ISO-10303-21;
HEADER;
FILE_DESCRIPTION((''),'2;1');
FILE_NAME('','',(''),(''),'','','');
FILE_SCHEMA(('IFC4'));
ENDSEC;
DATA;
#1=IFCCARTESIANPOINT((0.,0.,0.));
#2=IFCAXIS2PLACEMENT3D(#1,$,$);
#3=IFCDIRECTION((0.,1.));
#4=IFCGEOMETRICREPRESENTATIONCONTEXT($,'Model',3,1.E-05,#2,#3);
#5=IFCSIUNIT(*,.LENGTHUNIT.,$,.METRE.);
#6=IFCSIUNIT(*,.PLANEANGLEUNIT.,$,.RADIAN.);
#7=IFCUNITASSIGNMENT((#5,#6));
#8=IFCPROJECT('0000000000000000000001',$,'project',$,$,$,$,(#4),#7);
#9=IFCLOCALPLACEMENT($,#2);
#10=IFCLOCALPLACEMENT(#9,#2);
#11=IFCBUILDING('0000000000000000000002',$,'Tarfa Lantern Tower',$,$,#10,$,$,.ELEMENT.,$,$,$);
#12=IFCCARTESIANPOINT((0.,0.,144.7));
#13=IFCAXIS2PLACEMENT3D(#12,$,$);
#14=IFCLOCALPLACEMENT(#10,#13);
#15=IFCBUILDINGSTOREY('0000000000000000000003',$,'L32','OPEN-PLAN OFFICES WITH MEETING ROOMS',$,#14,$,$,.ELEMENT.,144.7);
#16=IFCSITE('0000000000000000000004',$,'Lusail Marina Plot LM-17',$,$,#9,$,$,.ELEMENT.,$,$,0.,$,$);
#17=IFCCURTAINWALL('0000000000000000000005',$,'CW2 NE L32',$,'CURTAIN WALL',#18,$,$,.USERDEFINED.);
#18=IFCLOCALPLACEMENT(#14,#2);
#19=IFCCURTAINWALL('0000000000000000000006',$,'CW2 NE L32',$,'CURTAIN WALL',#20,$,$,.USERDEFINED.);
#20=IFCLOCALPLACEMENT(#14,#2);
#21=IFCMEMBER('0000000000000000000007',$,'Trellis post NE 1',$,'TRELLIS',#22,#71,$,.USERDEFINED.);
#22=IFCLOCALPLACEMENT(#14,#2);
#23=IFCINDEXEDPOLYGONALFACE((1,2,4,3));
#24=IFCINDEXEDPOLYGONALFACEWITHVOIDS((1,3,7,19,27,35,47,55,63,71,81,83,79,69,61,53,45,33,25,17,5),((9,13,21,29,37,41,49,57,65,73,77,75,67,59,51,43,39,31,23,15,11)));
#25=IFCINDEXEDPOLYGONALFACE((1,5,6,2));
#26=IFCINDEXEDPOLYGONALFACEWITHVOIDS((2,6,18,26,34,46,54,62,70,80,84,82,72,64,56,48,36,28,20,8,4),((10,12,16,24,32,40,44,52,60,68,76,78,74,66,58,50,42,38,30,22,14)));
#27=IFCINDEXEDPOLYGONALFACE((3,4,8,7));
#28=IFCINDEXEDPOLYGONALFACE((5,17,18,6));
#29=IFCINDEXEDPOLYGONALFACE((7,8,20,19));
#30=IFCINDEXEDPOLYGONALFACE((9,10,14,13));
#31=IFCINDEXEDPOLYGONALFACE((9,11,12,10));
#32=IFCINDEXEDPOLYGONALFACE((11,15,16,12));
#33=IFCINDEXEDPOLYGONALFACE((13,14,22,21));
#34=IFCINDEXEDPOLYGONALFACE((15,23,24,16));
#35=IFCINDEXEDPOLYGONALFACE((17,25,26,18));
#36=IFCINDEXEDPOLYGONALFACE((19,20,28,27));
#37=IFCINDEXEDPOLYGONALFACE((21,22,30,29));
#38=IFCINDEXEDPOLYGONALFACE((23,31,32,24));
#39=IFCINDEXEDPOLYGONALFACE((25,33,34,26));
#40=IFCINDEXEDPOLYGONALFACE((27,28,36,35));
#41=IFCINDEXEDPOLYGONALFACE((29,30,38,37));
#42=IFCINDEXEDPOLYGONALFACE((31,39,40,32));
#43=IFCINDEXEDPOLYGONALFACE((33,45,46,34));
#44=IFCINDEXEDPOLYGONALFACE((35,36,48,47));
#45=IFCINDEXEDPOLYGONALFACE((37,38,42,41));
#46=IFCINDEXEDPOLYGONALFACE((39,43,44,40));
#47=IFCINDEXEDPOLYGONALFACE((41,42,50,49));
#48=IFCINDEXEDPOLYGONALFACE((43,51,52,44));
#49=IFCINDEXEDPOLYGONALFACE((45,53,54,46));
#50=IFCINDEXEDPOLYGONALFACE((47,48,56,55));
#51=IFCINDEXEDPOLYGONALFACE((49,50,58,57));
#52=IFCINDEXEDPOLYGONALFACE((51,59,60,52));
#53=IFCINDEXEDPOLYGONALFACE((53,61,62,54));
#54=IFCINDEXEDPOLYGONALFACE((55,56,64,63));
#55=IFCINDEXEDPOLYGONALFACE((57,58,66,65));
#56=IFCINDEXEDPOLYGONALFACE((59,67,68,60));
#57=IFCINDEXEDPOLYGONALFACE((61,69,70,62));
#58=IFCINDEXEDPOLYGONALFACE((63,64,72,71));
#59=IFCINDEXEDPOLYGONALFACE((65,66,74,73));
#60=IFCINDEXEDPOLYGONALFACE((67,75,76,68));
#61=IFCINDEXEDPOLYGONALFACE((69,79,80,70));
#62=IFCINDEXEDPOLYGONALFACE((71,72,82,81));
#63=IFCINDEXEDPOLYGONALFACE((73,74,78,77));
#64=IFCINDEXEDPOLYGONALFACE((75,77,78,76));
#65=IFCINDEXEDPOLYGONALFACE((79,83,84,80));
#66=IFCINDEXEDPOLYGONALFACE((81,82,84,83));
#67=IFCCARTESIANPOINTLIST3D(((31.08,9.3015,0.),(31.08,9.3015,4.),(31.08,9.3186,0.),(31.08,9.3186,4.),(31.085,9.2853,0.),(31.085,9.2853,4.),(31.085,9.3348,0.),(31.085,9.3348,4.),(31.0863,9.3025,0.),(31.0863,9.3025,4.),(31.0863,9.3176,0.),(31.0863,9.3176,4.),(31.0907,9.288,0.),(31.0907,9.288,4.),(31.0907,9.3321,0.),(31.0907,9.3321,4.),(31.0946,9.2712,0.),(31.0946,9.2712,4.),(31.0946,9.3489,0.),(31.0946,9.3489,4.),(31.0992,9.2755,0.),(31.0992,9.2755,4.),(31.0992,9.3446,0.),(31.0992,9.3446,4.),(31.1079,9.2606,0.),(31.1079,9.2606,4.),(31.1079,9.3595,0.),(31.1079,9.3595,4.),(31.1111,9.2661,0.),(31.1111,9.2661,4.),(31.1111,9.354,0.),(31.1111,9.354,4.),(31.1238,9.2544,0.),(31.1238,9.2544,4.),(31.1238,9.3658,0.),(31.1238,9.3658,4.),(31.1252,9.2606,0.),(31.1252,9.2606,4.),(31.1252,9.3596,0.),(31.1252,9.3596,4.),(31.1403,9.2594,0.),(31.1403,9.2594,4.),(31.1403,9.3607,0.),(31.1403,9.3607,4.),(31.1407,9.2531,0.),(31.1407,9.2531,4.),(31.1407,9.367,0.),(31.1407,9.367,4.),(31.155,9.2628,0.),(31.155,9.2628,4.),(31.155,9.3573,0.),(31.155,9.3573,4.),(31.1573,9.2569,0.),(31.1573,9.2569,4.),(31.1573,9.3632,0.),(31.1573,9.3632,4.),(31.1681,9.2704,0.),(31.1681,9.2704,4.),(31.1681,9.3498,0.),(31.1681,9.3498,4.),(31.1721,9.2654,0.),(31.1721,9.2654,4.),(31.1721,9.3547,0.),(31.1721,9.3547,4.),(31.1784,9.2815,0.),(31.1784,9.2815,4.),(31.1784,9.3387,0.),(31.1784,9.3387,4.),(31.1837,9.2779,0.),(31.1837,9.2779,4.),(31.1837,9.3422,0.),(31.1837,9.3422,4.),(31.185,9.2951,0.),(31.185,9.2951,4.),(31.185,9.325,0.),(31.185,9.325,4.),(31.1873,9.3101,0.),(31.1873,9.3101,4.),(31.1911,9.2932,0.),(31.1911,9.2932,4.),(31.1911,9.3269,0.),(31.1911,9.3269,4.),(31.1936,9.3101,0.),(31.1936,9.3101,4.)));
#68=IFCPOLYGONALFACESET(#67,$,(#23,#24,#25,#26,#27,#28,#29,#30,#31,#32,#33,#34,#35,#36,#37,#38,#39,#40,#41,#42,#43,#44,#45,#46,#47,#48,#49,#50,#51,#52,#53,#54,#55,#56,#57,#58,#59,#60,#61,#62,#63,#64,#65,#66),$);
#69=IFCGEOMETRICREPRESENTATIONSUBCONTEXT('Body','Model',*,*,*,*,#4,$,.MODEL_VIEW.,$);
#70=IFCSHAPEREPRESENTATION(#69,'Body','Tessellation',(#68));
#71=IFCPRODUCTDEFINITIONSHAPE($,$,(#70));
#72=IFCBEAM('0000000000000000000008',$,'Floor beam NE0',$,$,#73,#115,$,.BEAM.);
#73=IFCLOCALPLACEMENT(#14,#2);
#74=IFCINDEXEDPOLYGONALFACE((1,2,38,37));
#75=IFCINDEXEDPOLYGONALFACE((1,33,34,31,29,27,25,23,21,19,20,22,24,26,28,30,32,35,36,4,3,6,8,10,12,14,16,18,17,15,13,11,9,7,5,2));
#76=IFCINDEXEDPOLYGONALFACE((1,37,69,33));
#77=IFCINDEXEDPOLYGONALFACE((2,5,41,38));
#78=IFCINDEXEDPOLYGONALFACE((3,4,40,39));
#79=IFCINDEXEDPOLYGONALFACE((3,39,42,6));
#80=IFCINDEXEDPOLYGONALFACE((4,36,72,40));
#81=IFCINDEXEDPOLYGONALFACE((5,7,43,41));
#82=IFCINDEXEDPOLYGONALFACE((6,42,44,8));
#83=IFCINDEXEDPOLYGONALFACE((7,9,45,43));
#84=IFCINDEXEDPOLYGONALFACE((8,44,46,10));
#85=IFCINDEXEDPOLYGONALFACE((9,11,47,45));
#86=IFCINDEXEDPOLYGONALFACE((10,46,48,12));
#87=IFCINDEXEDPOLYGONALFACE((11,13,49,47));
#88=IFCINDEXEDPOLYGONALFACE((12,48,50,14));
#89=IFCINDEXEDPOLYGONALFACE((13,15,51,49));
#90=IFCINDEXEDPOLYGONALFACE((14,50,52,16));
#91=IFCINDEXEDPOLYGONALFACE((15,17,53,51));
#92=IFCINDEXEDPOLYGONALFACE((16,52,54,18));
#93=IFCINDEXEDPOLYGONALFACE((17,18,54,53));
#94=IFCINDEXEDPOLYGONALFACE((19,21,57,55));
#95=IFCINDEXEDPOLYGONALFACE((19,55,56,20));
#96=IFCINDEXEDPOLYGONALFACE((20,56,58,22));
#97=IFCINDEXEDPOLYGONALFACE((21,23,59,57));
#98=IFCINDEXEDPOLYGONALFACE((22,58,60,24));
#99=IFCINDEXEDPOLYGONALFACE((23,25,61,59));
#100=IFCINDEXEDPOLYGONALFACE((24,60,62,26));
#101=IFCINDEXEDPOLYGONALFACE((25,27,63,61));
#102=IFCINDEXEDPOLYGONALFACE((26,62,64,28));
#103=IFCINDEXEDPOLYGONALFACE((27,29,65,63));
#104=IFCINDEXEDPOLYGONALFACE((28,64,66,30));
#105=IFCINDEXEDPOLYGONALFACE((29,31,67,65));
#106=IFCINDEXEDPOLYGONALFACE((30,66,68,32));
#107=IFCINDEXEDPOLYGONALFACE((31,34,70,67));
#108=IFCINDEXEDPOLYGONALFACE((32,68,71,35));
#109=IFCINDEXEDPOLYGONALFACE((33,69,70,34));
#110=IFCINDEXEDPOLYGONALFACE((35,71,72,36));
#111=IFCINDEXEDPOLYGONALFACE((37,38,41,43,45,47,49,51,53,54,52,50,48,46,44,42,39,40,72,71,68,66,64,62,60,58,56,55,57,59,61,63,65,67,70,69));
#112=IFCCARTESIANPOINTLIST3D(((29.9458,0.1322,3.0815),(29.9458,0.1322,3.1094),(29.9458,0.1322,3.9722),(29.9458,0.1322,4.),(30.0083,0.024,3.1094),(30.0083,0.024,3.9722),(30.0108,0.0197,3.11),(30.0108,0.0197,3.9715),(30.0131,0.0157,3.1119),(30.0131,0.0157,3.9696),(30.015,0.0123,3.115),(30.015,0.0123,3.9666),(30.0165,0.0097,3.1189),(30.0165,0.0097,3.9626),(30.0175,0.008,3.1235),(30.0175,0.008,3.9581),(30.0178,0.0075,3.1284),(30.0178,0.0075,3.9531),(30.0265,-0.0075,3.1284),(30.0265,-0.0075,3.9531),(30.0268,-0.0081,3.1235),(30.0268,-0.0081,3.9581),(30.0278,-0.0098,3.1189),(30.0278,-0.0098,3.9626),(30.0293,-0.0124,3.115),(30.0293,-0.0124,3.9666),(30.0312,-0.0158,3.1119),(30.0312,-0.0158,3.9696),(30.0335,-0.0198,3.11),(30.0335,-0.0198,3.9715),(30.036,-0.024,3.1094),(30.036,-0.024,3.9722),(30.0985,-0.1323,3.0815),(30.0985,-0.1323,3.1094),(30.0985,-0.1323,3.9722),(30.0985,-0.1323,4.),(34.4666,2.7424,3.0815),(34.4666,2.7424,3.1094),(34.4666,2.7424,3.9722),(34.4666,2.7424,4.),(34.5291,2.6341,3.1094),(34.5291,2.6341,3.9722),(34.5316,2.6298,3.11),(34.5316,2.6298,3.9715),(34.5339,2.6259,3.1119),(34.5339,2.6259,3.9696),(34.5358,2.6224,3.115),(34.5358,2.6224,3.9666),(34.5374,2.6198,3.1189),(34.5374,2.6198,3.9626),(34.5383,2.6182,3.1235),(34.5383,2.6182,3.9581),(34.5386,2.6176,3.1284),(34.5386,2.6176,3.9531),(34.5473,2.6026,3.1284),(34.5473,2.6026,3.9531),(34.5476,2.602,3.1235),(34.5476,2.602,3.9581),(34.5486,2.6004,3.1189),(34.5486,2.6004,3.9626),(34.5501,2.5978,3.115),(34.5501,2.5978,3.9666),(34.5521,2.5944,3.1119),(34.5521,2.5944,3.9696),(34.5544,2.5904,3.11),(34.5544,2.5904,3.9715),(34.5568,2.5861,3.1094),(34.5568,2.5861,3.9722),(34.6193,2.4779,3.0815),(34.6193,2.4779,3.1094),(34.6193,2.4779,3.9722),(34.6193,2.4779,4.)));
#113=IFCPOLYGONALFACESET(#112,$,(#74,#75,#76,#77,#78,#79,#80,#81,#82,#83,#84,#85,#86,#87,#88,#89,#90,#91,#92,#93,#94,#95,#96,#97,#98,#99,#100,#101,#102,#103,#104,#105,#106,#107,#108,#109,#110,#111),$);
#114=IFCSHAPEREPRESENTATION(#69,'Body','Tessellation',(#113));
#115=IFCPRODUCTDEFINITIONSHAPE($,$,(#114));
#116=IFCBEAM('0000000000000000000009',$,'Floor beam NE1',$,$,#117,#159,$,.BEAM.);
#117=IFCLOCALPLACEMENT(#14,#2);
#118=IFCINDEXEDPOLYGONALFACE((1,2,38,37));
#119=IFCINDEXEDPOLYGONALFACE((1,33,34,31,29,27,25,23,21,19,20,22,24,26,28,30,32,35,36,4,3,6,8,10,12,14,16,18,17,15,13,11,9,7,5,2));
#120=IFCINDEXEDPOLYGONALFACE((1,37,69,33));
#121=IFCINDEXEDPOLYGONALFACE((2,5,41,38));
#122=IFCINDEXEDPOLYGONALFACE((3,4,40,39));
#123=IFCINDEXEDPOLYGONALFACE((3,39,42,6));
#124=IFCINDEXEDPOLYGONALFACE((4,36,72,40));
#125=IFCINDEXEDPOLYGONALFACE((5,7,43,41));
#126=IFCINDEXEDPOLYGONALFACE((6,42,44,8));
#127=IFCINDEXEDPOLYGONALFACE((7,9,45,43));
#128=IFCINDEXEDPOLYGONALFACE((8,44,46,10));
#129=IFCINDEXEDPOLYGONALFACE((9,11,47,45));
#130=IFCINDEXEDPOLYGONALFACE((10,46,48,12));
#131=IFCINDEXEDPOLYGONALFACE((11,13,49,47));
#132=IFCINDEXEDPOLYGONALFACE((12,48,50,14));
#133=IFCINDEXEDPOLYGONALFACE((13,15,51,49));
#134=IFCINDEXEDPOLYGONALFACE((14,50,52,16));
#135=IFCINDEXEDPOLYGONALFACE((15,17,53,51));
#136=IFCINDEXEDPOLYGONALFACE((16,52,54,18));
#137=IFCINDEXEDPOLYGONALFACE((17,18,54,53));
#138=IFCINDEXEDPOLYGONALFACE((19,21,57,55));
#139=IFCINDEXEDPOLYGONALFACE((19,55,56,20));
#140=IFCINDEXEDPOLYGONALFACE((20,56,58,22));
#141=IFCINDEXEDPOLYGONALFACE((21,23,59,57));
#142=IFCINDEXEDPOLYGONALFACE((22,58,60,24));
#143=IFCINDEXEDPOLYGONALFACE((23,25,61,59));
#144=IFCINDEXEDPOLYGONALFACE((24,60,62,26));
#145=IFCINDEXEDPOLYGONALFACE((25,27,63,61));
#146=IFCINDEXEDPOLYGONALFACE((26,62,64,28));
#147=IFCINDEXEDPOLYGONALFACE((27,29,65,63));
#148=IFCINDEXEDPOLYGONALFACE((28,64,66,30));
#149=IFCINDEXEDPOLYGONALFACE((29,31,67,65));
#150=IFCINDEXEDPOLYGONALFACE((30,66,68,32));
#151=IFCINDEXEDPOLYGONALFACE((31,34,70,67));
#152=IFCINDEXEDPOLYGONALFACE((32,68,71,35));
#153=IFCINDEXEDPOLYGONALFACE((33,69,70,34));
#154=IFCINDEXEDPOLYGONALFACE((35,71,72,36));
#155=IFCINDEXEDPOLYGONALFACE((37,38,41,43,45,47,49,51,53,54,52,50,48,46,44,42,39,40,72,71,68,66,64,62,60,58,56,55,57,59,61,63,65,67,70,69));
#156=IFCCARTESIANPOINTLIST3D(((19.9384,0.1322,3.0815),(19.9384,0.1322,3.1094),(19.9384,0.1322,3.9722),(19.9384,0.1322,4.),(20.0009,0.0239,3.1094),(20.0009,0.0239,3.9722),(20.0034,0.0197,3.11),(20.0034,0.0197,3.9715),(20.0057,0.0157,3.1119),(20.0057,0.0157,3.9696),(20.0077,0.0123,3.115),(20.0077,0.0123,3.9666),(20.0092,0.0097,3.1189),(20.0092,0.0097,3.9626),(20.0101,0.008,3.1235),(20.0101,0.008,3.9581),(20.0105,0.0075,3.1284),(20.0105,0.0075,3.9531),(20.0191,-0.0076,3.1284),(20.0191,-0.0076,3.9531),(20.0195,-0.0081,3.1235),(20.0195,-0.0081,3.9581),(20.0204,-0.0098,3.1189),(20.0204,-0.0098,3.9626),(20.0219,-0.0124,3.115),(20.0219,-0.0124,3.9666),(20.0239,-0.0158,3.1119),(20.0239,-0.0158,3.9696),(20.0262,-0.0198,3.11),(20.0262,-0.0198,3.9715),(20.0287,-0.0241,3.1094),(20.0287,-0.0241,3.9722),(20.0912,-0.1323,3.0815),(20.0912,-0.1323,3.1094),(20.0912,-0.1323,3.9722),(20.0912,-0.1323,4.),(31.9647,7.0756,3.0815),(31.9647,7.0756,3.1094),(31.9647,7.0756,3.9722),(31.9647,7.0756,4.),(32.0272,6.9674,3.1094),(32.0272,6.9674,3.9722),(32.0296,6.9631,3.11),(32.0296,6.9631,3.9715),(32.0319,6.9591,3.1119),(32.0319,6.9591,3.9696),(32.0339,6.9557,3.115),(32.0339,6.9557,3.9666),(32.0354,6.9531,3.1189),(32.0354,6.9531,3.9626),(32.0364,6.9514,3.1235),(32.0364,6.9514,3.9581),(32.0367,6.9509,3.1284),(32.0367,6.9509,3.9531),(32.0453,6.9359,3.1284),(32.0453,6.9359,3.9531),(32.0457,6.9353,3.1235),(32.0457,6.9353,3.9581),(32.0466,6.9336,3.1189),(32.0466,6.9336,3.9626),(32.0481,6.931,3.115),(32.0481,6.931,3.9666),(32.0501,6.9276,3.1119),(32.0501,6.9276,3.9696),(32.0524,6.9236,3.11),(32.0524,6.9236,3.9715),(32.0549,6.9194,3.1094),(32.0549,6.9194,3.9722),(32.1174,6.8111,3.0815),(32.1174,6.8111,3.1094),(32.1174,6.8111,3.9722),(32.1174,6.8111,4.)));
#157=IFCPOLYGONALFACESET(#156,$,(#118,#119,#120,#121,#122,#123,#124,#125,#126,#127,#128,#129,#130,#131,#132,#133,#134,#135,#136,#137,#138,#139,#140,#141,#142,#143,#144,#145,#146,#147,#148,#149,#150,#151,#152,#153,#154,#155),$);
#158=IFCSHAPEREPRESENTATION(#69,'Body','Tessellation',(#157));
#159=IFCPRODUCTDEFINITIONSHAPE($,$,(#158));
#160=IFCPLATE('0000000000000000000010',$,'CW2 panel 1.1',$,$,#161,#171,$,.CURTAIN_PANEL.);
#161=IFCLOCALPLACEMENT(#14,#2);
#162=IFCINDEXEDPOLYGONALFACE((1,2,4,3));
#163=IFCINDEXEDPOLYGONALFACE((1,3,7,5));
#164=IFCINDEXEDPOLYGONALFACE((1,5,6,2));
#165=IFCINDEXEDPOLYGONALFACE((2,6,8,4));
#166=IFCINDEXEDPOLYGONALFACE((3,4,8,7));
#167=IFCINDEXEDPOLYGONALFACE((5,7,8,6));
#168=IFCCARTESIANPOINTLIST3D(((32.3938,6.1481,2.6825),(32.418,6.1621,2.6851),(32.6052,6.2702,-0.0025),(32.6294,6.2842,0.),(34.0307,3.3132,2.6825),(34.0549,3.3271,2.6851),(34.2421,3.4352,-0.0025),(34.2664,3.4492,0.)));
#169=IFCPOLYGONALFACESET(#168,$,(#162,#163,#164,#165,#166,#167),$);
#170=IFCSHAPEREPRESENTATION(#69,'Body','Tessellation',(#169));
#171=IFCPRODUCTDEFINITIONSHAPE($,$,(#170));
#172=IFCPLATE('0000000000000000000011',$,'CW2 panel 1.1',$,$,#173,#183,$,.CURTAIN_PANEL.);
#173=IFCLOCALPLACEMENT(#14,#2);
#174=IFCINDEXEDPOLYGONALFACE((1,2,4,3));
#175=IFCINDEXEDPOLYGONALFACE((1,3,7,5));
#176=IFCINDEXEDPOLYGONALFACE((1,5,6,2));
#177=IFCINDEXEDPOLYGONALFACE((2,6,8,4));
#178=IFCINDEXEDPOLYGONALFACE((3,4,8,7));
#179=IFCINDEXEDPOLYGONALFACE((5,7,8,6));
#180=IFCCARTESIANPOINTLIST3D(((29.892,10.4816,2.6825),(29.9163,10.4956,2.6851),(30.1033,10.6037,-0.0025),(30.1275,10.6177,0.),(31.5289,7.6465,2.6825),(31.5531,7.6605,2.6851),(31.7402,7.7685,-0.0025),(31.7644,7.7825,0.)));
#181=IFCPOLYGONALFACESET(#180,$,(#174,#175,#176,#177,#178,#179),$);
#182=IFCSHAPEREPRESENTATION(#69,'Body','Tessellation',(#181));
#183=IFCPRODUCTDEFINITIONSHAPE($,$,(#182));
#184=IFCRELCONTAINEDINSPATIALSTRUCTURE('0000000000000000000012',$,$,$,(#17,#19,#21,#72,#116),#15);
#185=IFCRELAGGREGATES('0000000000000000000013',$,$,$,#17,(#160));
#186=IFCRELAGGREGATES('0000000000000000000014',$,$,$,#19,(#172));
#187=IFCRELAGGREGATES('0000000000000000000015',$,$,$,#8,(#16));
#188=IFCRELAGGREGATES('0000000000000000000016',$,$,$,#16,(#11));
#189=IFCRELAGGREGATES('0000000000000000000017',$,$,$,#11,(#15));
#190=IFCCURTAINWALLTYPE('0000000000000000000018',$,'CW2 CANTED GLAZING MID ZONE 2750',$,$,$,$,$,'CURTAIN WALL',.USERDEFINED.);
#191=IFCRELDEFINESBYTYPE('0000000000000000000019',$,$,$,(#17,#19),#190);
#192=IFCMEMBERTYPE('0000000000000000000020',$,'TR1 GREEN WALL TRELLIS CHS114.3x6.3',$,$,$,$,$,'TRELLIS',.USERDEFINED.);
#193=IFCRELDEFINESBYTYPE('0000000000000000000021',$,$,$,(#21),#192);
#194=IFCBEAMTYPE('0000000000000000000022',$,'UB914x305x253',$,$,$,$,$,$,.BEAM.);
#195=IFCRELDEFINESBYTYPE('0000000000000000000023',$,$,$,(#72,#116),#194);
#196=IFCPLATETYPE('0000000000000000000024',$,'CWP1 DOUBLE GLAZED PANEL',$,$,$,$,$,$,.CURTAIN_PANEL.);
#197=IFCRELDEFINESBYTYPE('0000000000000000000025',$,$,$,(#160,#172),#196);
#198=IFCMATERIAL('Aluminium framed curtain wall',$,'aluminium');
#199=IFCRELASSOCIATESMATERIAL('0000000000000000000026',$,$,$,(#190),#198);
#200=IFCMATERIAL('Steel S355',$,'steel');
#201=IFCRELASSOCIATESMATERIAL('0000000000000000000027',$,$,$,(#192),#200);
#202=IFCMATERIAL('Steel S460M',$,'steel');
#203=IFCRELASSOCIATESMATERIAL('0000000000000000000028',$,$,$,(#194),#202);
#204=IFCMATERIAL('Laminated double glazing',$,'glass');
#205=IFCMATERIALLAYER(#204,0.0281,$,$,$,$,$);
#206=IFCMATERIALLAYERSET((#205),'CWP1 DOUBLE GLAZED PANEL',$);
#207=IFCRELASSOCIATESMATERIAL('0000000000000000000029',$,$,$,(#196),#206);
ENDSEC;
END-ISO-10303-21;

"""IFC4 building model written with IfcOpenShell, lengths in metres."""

from ifc_helpers import new_model, si_unit, direction, frame, origin, origin_2d, place, context, subcontext, project, spatial, polyline, hollow_circle, i_section, outline, extrude, material, layer, layer_set, material_profile, profile_set, type_object, element, aggregate, save


model = new_model("IFC4")

# Units and contexts
model_context = context("Model", 3, precision=1e-05, world=origin(), true_north=direction((0.0, 1.0)))
body_context = subcontext(model_context, "Body", "Model", "MODEL_VIEW")
ifc_project = project(units=[si_unit("LENGTHUNIT", "METRE"), si_unit("PLANEANGLEUNIT", "RADIAN")], contexts=[model_context])

# Site, building, storey
site_placement = place(None, origin())
site = spatial("IfcSite", under=ifc_project, at=site_placement, Name="Lusail Marina Plot LM-17", CompositionType="ELEMENT", RefElevation=0.0)
building_placement = place(site_placement, origin())
building = spatial("IfcBuilding", under=site, at=building_placement, Name="Tarfa Lantern Tower", CompositionType="ELEMENT")
storey_placement = place(building_placement, frame((0.0, 0.0, 144.7)))
storey = spatial("IfcBuildingStorey", under=building, at=storey_placement, Name="L32", Description="OPEN-PLAN OFFICES WITH MEETING ROOMS", CompositionType="ELEMENT", Elevation=144.7)

# Curtain walls
ifc_material_1 = material(Name="Aluminium framed curtain wall", Category="aluminium")
curtain_wall_type_1 = type_object("IfcCurtainWallType", Name="CW2 CANTED GLAZING MID ZONE 2750", ElementType="CURTAIN WALL", PredefinedType="USERDEFINED", material=ifc_material_1)
curtain_wall_1_placement = place(storey_placement, origin())
curtain_wall_1 = element("IfcCurtainWall", 1, at=curtain_wall_1_placement, inside=storey, type_object=curtain_wall_type_1, Name="CW2 NE L32", ObjectType="CURTAIN WALL", PredefinedType="USERDEFINED")
curtain_wall_2_placement = place(storey_placement, origin())
curtain_wall_2 = element("IfcCurtainWall", 2, at=curtain_wall_2_placement, inside=storey, type_object=curtain_wall_type_1, Name="CW2 NE L32", ObjectType="CURTAIN WALL", PredefinedType="USERDEFINED")

# Member
ifc_material_2 = material(Name="Steel S355", Category="steel")
ifc_material_profile_1 = material_profile(ifc_material_2, hollow_circle(Radius=0.0571, WallThickness=0.0063, at=origin_2d()), Name="CHS114.3x6.3")
ifc_profile_set_1 = profile_set([ifc_material_profile_1], Name="Steel S355")
member_type_1 = type_object("IfcMemberType", Name="TR1 GREEN WALL TRELLIS CHS114.3x6.3", ElementType="TRELLIS", PredefinedType="USERDEFINED", material=ifc_profile_set_1)
member_1_placement = place(storey_placement, frame((31.1365, 9.3101, 0.0), z_axis=(0.0, 0.0, 1.0), x_axis=(1.0, 0.0, 0.0)))
element("IfcMember", 3, at=member_1_placement, inside=storey, type_object=member_type_1, Name="Trellis post NE 1", ObjectType="TRELLIS", PredefinedType="USERDEFINED", context=body_context, shape_type="SweptSolid", body=[
    extrude(hollow_circle(Radius=0.0571, WallThickness=0.0063, at=origin_2d()), origin(), (0.0, 0.0, 1.0), 4.0),
])

# Beams
ifc_material_3 = material(Name="Steel S460M", Category="steel")
ifc_material_profile_2 = material_profile(ifc_material_3, i_section(OverallWidth=0.3054, OverallDepth=0.9185, WebThickness=0.0173, FlangeThickness=0.0278, FilletRadius=0.019, at=origin_2d()), Name="UB914x305x253")
ifc_profile_set_2 = profile_set([ifc_material_profile_2], Name="Steel S460M")
beam_type_1 = type_object("IfcBeamType", Name="UB914x305x253", PredefinedType="BEAM", material=ifc_profile_set_2)
beam_1_placement = place(storey_placement, frame((34.543, 2.6101, 3.5408), z_axis=(-0.866021, -0.500007, 0.0), x_axis=(0.500007, -0.866021, 0.0)))
element("IfcBeam", 4, at=beam_1_placement, inside=storey, type_object=beam_type_1, Name="Floor beam NE0", PredefinedType="BEAM", context=body_context, shape_type="SweptSolid", body=[
    extrude(i_section(OverallWidth=0.3054, OverallDepth=0.9185, WebThickness=0.0173, FlangeThickness=0.0278, FilletRadius=0.019, at=origin_2d()), origin(), (0.0, 0.0, 1.0), 5.2202),
])
beam_2_placement = place(storey_placement, frame((32.041, 6.9434, 3.5408), z_axis=(-0.866023, -0.500004, 0.0), x_axis=(0.500004, -0.866023, 0.0)))
element("IfcBeam", 5, at=beam_2_placement, inside=storey, type_object=beam_type_1, Name="Floor beam NE1", PredefinedType="BEAM", context=body_context, shape_type="SweptSolid", body=[
    extrude(i_section(OverallWidth=0.3054, OverallDepth=0.9185, WebThickness=0.0173, FlangeThickness=0.0278, FilletRadius=0.019, at=origin_2d()), origin(), (0.0, 0.0, 1.0), 13.8867),
])

# Plates
ifc_material_4 = material(Name="Laminated double glazing", Category="glass")
ifc_layer_1 = layer(ifc_material_4, 0.0281)
ifc_layer_set_1 = layer_set([ifc_layer_1], Name="CWP1 DOUBLE GLAZED PANEL")
plate_type = type_object("IfcPlateType", Name="CWP1 DOUBLE GLAZED PANEL", PredefinedType="CURTAIN_PANEL", material=ifc_layer_set_1)
plate_1_placement = place(storey_placement, frame((34.2664, 3.4492, 0.0), z_axis=(0.862442, 0.497991, 0.09055), x_axis=(-0.500045, 0.865999, 0.0)))
plate_1 = element("IfcPlate", 6, at=plate_1_placement, type_object=plate_type, Name="CW2 panel 1.1", PredefinedType="CURTAIN_PANEL", context=body_context, shape_type="SweptSolid", body=[
    extrude(outline(polyline([(0.0, 0.0), (3.2736, 0.0), (3.2736, 2.6961), (0.0, 2.6961), (0.0, 0.0)])), origin(), (0.0, 0.0, -1.0), 0.0281),
])
aggregate(curtain_wall_1, [plate_1])
plate_2_placement = place(storey_placement, frame((31.7644, 7.7825, 0.0), z_axis=(0.862479, 0.497933, 0.090511), x_axis=(-0.499985, 0.866034, 0.000003)))
plate_2 = element("IfcPlate", 7, at=plate_2_placement, type_object=plate_type, Name="CW2 panel 1.1", PredefinedType="CURTAIN_PANEL", context=body_context, shape_type="SweptSolid", body=[
    extrude(outline(polyline([(0.0, 0.0), (3.2738, 0.0), (3.2737, 2.6961), (0.0, 2.6961), (0.0, 0.0)])), origin(), (0.0, 0.0, -1.0), 0.0281),
])
aggregate(curtain_wall_2, [plate_2])

save(model, "model.ifc")
